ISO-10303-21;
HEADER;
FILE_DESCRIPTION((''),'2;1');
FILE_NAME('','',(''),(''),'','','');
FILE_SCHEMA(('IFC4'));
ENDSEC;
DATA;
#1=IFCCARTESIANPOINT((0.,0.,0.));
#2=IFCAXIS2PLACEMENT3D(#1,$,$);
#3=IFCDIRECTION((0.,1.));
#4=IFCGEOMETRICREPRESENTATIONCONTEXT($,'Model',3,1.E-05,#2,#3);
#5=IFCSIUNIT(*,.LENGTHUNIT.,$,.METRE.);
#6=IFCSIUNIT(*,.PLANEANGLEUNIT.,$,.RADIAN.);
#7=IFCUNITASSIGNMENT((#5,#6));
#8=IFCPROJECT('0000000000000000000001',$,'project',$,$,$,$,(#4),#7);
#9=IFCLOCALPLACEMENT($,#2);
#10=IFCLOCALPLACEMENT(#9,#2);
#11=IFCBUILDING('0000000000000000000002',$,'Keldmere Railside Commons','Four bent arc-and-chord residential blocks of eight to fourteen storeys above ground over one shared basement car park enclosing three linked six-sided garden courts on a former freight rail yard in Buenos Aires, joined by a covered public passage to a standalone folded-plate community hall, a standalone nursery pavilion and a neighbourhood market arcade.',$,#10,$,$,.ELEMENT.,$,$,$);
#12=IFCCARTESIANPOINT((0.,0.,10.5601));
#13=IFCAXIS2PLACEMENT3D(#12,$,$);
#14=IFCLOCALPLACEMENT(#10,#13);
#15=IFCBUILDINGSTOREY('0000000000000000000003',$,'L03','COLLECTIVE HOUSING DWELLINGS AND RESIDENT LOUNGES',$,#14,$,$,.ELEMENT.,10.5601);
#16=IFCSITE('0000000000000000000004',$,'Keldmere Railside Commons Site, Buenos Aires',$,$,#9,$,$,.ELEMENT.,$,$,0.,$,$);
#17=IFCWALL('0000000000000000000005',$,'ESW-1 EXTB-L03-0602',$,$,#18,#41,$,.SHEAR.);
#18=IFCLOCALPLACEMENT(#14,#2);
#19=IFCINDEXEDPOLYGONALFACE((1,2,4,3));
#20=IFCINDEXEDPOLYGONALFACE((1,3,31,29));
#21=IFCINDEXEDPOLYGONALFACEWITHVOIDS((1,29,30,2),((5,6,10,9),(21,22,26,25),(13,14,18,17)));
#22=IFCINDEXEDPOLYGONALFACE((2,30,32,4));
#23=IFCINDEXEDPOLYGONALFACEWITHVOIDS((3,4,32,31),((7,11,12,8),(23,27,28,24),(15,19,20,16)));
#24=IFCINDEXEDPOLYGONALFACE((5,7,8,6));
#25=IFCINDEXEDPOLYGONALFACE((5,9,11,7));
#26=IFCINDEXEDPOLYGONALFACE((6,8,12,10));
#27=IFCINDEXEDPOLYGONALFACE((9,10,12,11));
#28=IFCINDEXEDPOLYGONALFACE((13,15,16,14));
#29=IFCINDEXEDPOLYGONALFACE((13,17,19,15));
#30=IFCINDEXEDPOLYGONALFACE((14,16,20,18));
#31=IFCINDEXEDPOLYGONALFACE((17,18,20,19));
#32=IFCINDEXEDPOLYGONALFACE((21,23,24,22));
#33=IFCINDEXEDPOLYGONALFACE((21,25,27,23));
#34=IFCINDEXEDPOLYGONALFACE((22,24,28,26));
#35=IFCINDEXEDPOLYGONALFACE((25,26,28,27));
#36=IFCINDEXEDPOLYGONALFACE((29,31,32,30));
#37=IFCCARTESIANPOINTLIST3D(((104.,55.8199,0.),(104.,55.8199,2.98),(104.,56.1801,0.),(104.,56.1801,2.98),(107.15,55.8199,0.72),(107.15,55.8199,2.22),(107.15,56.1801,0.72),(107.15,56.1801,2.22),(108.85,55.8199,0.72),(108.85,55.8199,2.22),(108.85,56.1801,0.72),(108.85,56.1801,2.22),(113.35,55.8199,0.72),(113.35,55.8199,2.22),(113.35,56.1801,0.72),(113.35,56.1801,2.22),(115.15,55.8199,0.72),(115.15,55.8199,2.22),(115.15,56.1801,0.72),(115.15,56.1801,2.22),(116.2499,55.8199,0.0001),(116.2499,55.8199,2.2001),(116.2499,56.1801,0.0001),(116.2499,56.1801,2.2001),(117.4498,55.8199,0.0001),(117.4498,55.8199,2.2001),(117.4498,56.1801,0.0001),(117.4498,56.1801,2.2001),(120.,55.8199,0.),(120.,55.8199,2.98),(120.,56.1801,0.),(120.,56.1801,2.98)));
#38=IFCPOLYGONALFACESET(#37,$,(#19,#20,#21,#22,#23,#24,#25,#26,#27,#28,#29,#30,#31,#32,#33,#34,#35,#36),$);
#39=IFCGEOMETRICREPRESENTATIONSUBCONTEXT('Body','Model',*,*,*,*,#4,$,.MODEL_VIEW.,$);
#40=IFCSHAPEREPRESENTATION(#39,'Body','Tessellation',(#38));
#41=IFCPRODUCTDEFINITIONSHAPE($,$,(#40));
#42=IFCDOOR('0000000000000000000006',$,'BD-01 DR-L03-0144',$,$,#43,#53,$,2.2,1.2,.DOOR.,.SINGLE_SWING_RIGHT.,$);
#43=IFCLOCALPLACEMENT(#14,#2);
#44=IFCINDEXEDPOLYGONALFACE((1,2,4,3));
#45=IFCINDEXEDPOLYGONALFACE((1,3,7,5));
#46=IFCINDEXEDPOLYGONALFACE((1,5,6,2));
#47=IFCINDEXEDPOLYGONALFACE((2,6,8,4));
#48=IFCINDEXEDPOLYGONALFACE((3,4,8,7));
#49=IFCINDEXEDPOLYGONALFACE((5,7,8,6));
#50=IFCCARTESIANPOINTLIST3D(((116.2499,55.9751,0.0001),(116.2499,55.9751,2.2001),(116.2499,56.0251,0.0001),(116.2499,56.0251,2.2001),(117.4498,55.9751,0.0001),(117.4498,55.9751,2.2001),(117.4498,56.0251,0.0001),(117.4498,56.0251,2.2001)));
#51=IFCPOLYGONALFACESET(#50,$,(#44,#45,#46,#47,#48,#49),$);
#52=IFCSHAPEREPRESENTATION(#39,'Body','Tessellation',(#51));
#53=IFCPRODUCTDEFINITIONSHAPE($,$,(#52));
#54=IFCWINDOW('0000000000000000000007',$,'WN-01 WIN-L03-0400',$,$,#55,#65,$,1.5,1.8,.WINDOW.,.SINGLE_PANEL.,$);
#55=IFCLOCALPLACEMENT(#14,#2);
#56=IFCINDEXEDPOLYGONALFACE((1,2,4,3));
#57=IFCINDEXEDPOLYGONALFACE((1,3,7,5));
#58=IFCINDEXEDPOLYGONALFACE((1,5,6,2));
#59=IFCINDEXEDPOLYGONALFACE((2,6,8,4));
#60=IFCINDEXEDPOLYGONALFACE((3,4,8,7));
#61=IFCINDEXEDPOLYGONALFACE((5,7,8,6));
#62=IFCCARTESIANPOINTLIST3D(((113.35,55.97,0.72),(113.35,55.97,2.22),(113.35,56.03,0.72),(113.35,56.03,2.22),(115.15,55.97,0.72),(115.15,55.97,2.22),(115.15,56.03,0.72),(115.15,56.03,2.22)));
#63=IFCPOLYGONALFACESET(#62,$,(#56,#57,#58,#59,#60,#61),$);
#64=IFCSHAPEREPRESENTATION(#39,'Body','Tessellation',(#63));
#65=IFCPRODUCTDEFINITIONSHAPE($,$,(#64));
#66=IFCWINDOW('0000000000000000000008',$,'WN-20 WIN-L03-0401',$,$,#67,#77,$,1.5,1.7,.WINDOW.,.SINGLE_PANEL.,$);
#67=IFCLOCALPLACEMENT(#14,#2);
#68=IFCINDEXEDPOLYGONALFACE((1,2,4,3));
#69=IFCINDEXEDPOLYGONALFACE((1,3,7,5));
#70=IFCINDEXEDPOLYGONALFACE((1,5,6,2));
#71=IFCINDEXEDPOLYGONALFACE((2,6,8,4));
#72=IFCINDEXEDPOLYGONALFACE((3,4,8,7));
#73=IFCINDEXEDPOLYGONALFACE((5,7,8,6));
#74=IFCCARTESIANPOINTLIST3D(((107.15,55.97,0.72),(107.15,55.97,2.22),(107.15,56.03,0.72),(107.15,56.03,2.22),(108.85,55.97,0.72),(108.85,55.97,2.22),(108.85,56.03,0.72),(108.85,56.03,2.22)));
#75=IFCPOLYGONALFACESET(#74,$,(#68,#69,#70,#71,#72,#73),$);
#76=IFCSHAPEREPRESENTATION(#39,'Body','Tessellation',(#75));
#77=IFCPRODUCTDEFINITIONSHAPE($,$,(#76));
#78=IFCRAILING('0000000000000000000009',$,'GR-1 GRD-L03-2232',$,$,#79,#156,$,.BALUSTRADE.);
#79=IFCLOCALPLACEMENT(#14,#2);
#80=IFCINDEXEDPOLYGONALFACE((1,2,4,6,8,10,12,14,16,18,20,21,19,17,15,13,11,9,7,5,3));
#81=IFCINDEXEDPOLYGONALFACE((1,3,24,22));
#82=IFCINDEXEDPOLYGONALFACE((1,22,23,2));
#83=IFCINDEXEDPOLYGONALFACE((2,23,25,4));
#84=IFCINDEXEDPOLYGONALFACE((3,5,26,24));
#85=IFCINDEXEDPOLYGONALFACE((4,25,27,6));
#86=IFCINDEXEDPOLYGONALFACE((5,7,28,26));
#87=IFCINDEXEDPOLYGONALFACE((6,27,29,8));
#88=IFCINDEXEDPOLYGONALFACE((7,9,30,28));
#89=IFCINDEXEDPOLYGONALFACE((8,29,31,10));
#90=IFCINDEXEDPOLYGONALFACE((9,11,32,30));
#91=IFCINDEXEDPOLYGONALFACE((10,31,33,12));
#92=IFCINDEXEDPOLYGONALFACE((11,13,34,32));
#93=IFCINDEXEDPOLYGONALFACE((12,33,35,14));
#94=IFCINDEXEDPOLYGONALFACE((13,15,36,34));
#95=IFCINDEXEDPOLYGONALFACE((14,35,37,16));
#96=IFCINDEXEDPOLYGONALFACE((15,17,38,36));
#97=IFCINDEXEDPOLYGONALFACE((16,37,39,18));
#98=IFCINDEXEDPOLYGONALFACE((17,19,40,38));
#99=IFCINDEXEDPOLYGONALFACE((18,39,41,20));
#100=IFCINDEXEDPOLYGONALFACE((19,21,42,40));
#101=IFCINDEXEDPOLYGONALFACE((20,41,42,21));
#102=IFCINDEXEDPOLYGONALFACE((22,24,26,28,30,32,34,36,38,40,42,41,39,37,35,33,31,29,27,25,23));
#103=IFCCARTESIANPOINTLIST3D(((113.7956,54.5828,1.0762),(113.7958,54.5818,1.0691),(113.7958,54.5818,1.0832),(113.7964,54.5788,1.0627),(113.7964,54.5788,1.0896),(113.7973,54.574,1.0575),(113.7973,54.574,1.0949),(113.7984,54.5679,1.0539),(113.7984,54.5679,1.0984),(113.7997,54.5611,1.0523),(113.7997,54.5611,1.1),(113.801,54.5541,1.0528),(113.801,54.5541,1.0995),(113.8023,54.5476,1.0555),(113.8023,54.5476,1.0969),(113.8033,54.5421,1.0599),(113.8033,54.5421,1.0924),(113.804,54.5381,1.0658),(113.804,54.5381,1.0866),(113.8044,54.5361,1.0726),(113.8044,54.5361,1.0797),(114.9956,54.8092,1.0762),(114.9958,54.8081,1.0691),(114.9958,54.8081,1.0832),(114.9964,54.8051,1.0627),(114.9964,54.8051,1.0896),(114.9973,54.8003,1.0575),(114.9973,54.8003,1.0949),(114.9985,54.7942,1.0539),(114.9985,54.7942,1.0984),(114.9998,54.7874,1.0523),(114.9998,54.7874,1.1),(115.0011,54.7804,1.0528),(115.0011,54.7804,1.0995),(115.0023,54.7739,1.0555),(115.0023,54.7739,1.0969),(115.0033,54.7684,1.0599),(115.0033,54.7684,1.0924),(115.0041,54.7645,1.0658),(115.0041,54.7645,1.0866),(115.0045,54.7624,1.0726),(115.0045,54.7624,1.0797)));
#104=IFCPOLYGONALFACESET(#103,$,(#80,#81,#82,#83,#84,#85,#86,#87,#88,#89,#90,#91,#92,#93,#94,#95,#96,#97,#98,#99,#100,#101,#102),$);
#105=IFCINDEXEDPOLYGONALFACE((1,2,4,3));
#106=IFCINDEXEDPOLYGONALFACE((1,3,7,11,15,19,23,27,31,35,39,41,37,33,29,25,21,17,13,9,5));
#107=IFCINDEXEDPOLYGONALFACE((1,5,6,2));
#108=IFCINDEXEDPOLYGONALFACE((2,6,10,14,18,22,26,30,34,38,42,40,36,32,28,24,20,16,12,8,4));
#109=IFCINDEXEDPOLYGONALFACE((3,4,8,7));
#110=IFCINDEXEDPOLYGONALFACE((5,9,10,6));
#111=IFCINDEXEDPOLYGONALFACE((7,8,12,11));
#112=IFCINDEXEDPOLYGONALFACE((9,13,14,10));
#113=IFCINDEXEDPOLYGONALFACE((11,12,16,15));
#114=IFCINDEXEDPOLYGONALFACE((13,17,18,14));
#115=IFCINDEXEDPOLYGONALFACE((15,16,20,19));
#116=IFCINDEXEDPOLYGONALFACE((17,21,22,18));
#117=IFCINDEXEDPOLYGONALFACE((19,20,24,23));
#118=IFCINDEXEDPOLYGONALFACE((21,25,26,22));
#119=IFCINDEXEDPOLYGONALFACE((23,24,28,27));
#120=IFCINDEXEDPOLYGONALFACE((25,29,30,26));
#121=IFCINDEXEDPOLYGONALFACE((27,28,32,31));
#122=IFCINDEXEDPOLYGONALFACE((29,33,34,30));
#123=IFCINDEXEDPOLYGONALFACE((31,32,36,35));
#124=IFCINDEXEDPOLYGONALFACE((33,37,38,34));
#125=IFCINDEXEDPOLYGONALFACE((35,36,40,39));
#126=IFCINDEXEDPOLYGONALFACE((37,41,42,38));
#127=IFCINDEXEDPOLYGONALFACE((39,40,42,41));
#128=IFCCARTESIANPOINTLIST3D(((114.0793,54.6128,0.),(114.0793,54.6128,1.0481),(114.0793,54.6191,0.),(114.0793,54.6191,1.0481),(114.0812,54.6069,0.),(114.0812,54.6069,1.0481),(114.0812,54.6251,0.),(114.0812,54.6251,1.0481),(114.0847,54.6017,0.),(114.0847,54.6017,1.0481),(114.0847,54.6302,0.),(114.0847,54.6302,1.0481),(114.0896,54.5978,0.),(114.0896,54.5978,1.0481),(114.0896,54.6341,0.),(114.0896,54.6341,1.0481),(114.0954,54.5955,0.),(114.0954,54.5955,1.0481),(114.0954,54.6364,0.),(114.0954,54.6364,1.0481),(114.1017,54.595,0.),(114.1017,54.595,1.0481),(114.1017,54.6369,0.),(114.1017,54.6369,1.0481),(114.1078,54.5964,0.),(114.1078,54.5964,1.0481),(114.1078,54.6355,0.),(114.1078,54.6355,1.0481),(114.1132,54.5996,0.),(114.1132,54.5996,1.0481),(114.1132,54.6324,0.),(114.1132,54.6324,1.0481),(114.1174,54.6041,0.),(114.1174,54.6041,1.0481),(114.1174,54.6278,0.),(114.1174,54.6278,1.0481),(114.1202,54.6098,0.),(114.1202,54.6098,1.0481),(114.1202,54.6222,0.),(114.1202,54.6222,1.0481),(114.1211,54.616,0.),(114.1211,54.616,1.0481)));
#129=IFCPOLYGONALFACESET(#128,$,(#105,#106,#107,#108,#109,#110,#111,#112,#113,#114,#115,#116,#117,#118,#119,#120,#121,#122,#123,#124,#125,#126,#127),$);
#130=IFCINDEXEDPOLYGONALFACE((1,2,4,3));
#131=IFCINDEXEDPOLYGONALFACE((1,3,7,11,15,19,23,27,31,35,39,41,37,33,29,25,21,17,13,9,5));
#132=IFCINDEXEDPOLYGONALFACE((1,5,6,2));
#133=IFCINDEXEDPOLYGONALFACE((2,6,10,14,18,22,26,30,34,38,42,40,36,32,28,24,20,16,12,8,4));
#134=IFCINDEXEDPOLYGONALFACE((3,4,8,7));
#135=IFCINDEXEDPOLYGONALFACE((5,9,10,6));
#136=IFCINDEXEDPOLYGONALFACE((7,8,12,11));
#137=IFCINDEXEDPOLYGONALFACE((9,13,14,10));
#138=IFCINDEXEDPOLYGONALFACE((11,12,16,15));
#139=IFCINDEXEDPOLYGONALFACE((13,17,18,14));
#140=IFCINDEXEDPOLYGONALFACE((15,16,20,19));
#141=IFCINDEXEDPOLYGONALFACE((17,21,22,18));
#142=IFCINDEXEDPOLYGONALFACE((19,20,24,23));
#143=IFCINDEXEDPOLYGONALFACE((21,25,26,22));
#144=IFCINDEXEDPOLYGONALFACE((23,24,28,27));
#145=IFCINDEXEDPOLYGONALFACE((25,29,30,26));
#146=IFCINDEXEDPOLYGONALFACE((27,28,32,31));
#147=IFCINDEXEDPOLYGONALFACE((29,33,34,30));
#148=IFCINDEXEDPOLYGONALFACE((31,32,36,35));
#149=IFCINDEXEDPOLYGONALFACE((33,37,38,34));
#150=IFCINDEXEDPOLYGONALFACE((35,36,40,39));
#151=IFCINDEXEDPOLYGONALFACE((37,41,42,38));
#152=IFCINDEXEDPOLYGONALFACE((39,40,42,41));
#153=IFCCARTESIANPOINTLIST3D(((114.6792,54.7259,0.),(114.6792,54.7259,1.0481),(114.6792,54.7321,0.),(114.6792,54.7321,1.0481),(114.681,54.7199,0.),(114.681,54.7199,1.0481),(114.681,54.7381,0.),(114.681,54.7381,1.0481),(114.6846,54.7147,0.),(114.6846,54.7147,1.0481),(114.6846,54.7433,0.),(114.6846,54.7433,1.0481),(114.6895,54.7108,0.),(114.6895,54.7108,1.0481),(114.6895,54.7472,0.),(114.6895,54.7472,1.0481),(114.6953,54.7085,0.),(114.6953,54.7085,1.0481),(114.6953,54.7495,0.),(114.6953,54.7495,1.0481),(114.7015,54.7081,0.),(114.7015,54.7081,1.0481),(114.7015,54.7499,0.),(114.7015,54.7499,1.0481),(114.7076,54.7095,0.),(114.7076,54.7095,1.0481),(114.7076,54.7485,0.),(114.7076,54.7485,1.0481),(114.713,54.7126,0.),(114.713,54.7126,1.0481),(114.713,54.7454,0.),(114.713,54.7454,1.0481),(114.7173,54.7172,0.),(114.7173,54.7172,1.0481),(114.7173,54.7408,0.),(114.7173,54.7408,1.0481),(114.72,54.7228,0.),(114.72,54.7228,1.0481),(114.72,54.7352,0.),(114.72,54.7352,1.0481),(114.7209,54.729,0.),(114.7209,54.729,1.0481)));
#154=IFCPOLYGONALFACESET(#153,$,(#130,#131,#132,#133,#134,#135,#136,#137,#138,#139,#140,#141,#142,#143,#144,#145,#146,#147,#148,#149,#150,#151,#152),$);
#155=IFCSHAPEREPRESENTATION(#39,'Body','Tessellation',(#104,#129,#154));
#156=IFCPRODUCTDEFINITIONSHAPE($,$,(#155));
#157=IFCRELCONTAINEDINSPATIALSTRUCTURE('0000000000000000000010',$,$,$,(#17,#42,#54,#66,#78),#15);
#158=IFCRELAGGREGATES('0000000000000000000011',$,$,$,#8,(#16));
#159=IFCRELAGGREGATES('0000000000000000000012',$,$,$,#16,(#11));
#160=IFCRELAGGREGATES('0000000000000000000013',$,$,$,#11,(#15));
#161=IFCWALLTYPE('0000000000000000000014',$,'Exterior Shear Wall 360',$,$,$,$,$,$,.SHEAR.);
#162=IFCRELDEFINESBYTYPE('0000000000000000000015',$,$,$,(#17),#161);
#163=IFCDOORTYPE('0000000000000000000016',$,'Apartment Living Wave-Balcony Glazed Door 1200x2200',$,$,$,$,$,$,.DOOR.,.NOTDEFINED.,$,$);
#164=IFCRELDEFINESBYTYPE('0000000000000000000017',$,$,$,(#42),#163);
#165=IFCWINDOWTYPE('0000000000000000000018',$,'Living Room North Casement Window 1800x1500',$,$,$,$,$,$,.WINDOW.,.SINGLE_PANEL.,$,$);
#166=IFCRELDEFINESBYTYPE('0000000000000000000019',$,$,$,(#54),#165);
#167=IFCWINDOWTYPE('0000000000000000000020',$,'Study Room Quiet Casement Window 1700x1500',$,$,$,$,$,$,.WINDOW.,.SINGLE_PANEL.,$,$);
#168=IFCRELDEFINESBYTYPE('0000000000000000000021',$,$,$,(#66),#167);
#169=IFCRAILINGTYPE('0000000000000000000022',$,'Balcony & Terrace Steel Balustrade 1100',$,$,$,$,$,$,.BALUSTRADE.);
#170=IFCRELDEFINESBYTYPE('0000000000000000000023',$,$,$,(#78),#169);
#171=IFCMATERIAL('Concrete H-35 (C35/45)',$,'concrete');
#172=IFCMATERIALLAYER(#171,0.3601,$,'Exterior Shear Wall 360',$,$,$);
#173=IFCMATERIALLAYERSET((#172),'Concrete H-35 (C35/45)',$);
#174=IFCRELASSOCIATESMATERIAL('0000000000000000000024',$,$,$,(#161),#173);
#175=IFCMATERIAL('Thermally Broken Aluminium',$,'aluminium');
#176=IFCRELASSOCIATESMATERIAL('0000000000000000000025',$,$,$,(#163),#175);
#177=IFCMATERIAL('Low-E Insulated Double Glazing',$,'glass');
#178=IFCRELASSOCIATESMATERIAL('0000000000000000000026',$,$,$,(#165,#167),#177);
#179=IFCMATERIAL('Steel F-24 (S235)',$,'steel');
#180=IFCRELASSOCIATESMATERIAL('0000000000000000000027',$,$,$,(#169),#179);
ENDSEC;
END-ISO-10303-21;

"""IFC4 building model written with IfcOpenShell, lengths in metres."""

from ifc_helpers import new_model, si_unit, direction, frame, frame_2d, origin, origin_2d, place, context, subcontext, project, spatial, rectangle, circle, extrude, material, layer, layer_set, type_object, element, fill, save


model = new_model("IFC4")

# Units and contexts
model_context = context("Model", 3, precision=1e-05, world=origin(), true_north=direction((0.0, 1.0)))
body_context = subcontext(model_context, "Body", "Model", "MODEL_VIEW")
ifc_project = project(units=[si_unit("LENGTHUNIT", "METRE"), si_unit("PLANEANGLEUNIT", "RADIAN")], contexts=[model_context])

# Site, building, storey
site_placement = place(None, origin())
site = spatial("IfcSite", under=ifc_project, at=site_placement, Name="Keldmere Railside Commons Site, Buenos Aires", CompositionType="ELEMENT", RefElevation=0.0)
building_placement = place(site_placement, origin())
building = spatial("IfcBuilding", under=site, at=building_placement, Name="Keldmere Railside Commons", Description="Four bent arc-and-chord residential blocks of eight to fourteen storeys above ground over one shared basement car park enclosing three linked six-sided garden courts on a former freight rail yard in Buenos Aires, joined by a covered public passage to a standalone folded-plate community hall, a standalone nursery pavilion and a neighbourhood market arcade.", CompositionType="ELEMENT")
storey_placement = place(building_placement, frame((0.0, 0.0, 10.5601)))
storey = spatial("IfcBuildingStorey", under=building, at=storey_placement, Name="L03", Description="COLLECTIVE HOUSING DWELLINGS AND RESIDENT LOUNGES", CompositionType="ELEMENT", Elevation=10.5601)

# Wall, openings, door, windows
ifc_material_1 = material(Name="Concrete H-35 (C35/45)", Category="concrete")
ifc_layer_1 = layer(ifc_material_1, 0.3601, Name="Exterior Shear Wall 360")
ifc_layer_set_1 = layer_set([ifc_layer_1], Name="Concrete H-35 (C35/45)")
wall_type_1 = type_object("IfcWallType", Name="Exterior Shear Wall 360", PredefinedType="SHEAR", material=ifc_layer_set_1)
wall_1_placement = place(storey_placement, frame((120.0, 56.0, 0.0), z_axis=(0.0, 0.0, 1.0), x_axis=(-1.0, 0.0, 0.0)))
wall_1 = element("IfcWall", 1, at=wall_1_placement, inside=storey, type_object=wall_type_1, Name="ESW-1 EXTB-L03-0602", PredefinedType="SHEAR", context=body_context, shape_type="SweptSolid", body=[
    extrude(rectangle(XDim=16.0, YDim=0.3601, at=frame_2d((8.0, 0.0))), origin(), (0.0, 0.0, 1.0), 2.98),
])
opening_1_placement = place(wall_1_placement, frame((2.55, 0.0, 0.0)))
opening_1 = element("IfcOpeningElement", 2, at=opening_1_placement, cuts=wall_1, PredefinedType="OPENING", context=body_context, shape_type="SweptSolid", body=[
    extrude(rectangle(XDim=1.2, YDim=2.2, at=frame_2d((0.6001, 1.1001))), frame((0.0, 0.1899, 0.0), z_axis=(0.0, -1.0, 0.0), x_axis=(1.0, 0.0, 0.0)), (0.0, 0.0, 1.0), 0.3801),
])
opening_2_placement = place(wall_1_placement, frame((4.8501, 0.0, 0.72)))
opening_2 = element("IfcOpeningElement", 3, at=opening_2_placement, cuts=wall_1, PredefinedType="OPENING", context=body_context, shape_type="SweptSolid", body=[
    extrude(rectangle(XDim=1.8, YDim=1.5, at=frame_2d((0.8999, 0.75))), frame((0.0, 0.1899, 0.0), z_axis=(0.0, -1.0, 0.0), x_axis=(1.0, 0.0, 0.0)), (0.0, 0.0, 1.0), 0.3801),
])
opening_3_placement = place(wall_1_placement, frame((11.1499, 0.0, 0.72)))
opening_3 = element("IfcOpeningElement", 4, at=opening_3_placement, cuts=wall_1, PredefinedType="OPENING", context=body_context, shape_type="SweptSolid", body=[
    extrude(rectangle(XDim=1.7, YDim=1.5, at=frame_2d((0.8501, 0.75))), frame((0.0, 0.1899, 0.0), z_axis=(0.0, -1.0, 0.0), x_axis=(1.0, 0.0, 0.0)), (0.0, 0.0, 1.0), 0.3801),
])
ifc_material_2 = material(Name="Thermally Broken Aluminium", Category="aluminium")
door_type_1 = type_object("IfcDoorType", Name="Apartment Living Wave-Balcony Glazed Door 1200x2200", OperationType="NOTDEFINED", PredefinedType="DOOR", material=ifc_material_2)
door_1_placement = place(opening_1_placement, origin())
door_1 = element("IfcDoor", 5, at=door_1_placement, inside=storey, type_object=door_type_1, Name="BD-01 DR-L03-0144", OperationType="SINGLE_SWING_RIGHT", OverallHeight=2.2, OverallWidth=1.2, PredefinedType="DOOR", context=body_context, shape_type="SweptSolid", body=[
    extrude(rectangle(XDim=1.2, YDim=2.2, at=frame_2d((0.6001, 1.1001))), frame((0.0, 0.0249, 0.0), z_axis=(0.0, -1.0, 0.0), x_axis=(1.0, 0.0, 0.0)), (0.0, 0.0, 1.0), 0.05),
])
fill(opening_1, door_1)
ifc_material_3 = material(Name="Low-E Insulated Double Glazing", Category="glass")
window_type_1 = type_object("IfcWindowType", Name="Living Room North Casement Window 1800x1500", PartitioningType="SINGLE_PANEL", PredefinedType="WINDOW", material=ifc_material_3)
window_1_placement = place(opening_2_placement, origin())
window_1 = element("IfcWindow", 6, at=window_1_placement, inside=storey, type_object=window_type_1, Name="WN-01 WIN-L03-0400", OverallHeight=1.5, OverallWidth=1.8, PartitioningType="SINGLE_PANEL", PredefinedType="WINDOW", context=body_context, shape_type="SweptSolid", body=[
    extrude(rectangle(XDim=1.8, YDim=1.5, at=frame_2d((0.8999, 0.75))), frame((0.0, 0.03, 0.0), z_axis=(0.0, -1.0, 0.0), x_axis=(1.0, 0.0, 0.0)), (0.0, 0.0, 1.0), 0.0601),
])
fill(opening_2, window_1)
window_type_2 = type_object("IfcWindowType", Name="Study Room Quiet Casement Window 1700x1500", PartitioningType="SINGLE_PANEL", PredefinedType="WINDOW", material=ifc_material_3)
window_2_placement = place(opening_3_placement, origin())
window_2 = element("IfcWindow", 7, at=window_2_placement, inside=storey, type_object=window_type_2, Name="WN-20 WIN-L03-0401", OverallHeight=1.5, OverallWidth=1.7, PartitioningType="SINGLE_PANEL", PredefinedType="WINDOW", context=body_context, shape_type="SweptSolid", body=[
    extrude(rectangle(XDim=1.7, YDim=1.5, at=frame_2d((0.8501, 0.75))), frame((0.0, 0.03, 0.0), z_axis=(0.0, -1.0, 0.0), x_axis=(1.0, 0.0, 0.0)), (0.0, 0.0, 1.0), 0.0601),
])
fill(opening_3, window_2)

# Railing
ifc_material_4 = material(Name="Steel F-24 (S235)", Category="steel")
railing_type = type_object("IfcRailingType", Name="Balcony & Terrace Steel Balustrade 1100", PredefinedType="BALUSTRADE", material=ifc_material_4)
railing_1_placement = place(storey_placement, frame((113.8, 54.5593, 0.0)))
element("IfcRailing", 8, at=railing_1_placement, inside=storey, type_object=railing_type, Name="GR-1 GRD-L03-2232", PredefinedType="BALUSTRADE", context=body_context, shape_type="SweptSolid", body=[
    extrude(circle(Radius=0.0239, at=origin_2d()), frame((0.0, 0.0, 1.0762), z_axis=(0.982675, 0.185339, 0.0), x_axis=(-0.185339, 0.982675, 0.0)), (0.0, 0.0, 1.0), 1.2212),
    extrude(circle(Radius=0.021, at=origin_2d()), frame((0.3, 0.0566, 0.0)), (0.0, 0.0, 1.0), 1.0481),
    extrude(circle(Radius=0.021, at=origin_2d()), frame((0.8999, 0.1697, 0.0)), (0.0, 0.0, 1.0), 1.0481),
])

save(model, "model.ifc")
